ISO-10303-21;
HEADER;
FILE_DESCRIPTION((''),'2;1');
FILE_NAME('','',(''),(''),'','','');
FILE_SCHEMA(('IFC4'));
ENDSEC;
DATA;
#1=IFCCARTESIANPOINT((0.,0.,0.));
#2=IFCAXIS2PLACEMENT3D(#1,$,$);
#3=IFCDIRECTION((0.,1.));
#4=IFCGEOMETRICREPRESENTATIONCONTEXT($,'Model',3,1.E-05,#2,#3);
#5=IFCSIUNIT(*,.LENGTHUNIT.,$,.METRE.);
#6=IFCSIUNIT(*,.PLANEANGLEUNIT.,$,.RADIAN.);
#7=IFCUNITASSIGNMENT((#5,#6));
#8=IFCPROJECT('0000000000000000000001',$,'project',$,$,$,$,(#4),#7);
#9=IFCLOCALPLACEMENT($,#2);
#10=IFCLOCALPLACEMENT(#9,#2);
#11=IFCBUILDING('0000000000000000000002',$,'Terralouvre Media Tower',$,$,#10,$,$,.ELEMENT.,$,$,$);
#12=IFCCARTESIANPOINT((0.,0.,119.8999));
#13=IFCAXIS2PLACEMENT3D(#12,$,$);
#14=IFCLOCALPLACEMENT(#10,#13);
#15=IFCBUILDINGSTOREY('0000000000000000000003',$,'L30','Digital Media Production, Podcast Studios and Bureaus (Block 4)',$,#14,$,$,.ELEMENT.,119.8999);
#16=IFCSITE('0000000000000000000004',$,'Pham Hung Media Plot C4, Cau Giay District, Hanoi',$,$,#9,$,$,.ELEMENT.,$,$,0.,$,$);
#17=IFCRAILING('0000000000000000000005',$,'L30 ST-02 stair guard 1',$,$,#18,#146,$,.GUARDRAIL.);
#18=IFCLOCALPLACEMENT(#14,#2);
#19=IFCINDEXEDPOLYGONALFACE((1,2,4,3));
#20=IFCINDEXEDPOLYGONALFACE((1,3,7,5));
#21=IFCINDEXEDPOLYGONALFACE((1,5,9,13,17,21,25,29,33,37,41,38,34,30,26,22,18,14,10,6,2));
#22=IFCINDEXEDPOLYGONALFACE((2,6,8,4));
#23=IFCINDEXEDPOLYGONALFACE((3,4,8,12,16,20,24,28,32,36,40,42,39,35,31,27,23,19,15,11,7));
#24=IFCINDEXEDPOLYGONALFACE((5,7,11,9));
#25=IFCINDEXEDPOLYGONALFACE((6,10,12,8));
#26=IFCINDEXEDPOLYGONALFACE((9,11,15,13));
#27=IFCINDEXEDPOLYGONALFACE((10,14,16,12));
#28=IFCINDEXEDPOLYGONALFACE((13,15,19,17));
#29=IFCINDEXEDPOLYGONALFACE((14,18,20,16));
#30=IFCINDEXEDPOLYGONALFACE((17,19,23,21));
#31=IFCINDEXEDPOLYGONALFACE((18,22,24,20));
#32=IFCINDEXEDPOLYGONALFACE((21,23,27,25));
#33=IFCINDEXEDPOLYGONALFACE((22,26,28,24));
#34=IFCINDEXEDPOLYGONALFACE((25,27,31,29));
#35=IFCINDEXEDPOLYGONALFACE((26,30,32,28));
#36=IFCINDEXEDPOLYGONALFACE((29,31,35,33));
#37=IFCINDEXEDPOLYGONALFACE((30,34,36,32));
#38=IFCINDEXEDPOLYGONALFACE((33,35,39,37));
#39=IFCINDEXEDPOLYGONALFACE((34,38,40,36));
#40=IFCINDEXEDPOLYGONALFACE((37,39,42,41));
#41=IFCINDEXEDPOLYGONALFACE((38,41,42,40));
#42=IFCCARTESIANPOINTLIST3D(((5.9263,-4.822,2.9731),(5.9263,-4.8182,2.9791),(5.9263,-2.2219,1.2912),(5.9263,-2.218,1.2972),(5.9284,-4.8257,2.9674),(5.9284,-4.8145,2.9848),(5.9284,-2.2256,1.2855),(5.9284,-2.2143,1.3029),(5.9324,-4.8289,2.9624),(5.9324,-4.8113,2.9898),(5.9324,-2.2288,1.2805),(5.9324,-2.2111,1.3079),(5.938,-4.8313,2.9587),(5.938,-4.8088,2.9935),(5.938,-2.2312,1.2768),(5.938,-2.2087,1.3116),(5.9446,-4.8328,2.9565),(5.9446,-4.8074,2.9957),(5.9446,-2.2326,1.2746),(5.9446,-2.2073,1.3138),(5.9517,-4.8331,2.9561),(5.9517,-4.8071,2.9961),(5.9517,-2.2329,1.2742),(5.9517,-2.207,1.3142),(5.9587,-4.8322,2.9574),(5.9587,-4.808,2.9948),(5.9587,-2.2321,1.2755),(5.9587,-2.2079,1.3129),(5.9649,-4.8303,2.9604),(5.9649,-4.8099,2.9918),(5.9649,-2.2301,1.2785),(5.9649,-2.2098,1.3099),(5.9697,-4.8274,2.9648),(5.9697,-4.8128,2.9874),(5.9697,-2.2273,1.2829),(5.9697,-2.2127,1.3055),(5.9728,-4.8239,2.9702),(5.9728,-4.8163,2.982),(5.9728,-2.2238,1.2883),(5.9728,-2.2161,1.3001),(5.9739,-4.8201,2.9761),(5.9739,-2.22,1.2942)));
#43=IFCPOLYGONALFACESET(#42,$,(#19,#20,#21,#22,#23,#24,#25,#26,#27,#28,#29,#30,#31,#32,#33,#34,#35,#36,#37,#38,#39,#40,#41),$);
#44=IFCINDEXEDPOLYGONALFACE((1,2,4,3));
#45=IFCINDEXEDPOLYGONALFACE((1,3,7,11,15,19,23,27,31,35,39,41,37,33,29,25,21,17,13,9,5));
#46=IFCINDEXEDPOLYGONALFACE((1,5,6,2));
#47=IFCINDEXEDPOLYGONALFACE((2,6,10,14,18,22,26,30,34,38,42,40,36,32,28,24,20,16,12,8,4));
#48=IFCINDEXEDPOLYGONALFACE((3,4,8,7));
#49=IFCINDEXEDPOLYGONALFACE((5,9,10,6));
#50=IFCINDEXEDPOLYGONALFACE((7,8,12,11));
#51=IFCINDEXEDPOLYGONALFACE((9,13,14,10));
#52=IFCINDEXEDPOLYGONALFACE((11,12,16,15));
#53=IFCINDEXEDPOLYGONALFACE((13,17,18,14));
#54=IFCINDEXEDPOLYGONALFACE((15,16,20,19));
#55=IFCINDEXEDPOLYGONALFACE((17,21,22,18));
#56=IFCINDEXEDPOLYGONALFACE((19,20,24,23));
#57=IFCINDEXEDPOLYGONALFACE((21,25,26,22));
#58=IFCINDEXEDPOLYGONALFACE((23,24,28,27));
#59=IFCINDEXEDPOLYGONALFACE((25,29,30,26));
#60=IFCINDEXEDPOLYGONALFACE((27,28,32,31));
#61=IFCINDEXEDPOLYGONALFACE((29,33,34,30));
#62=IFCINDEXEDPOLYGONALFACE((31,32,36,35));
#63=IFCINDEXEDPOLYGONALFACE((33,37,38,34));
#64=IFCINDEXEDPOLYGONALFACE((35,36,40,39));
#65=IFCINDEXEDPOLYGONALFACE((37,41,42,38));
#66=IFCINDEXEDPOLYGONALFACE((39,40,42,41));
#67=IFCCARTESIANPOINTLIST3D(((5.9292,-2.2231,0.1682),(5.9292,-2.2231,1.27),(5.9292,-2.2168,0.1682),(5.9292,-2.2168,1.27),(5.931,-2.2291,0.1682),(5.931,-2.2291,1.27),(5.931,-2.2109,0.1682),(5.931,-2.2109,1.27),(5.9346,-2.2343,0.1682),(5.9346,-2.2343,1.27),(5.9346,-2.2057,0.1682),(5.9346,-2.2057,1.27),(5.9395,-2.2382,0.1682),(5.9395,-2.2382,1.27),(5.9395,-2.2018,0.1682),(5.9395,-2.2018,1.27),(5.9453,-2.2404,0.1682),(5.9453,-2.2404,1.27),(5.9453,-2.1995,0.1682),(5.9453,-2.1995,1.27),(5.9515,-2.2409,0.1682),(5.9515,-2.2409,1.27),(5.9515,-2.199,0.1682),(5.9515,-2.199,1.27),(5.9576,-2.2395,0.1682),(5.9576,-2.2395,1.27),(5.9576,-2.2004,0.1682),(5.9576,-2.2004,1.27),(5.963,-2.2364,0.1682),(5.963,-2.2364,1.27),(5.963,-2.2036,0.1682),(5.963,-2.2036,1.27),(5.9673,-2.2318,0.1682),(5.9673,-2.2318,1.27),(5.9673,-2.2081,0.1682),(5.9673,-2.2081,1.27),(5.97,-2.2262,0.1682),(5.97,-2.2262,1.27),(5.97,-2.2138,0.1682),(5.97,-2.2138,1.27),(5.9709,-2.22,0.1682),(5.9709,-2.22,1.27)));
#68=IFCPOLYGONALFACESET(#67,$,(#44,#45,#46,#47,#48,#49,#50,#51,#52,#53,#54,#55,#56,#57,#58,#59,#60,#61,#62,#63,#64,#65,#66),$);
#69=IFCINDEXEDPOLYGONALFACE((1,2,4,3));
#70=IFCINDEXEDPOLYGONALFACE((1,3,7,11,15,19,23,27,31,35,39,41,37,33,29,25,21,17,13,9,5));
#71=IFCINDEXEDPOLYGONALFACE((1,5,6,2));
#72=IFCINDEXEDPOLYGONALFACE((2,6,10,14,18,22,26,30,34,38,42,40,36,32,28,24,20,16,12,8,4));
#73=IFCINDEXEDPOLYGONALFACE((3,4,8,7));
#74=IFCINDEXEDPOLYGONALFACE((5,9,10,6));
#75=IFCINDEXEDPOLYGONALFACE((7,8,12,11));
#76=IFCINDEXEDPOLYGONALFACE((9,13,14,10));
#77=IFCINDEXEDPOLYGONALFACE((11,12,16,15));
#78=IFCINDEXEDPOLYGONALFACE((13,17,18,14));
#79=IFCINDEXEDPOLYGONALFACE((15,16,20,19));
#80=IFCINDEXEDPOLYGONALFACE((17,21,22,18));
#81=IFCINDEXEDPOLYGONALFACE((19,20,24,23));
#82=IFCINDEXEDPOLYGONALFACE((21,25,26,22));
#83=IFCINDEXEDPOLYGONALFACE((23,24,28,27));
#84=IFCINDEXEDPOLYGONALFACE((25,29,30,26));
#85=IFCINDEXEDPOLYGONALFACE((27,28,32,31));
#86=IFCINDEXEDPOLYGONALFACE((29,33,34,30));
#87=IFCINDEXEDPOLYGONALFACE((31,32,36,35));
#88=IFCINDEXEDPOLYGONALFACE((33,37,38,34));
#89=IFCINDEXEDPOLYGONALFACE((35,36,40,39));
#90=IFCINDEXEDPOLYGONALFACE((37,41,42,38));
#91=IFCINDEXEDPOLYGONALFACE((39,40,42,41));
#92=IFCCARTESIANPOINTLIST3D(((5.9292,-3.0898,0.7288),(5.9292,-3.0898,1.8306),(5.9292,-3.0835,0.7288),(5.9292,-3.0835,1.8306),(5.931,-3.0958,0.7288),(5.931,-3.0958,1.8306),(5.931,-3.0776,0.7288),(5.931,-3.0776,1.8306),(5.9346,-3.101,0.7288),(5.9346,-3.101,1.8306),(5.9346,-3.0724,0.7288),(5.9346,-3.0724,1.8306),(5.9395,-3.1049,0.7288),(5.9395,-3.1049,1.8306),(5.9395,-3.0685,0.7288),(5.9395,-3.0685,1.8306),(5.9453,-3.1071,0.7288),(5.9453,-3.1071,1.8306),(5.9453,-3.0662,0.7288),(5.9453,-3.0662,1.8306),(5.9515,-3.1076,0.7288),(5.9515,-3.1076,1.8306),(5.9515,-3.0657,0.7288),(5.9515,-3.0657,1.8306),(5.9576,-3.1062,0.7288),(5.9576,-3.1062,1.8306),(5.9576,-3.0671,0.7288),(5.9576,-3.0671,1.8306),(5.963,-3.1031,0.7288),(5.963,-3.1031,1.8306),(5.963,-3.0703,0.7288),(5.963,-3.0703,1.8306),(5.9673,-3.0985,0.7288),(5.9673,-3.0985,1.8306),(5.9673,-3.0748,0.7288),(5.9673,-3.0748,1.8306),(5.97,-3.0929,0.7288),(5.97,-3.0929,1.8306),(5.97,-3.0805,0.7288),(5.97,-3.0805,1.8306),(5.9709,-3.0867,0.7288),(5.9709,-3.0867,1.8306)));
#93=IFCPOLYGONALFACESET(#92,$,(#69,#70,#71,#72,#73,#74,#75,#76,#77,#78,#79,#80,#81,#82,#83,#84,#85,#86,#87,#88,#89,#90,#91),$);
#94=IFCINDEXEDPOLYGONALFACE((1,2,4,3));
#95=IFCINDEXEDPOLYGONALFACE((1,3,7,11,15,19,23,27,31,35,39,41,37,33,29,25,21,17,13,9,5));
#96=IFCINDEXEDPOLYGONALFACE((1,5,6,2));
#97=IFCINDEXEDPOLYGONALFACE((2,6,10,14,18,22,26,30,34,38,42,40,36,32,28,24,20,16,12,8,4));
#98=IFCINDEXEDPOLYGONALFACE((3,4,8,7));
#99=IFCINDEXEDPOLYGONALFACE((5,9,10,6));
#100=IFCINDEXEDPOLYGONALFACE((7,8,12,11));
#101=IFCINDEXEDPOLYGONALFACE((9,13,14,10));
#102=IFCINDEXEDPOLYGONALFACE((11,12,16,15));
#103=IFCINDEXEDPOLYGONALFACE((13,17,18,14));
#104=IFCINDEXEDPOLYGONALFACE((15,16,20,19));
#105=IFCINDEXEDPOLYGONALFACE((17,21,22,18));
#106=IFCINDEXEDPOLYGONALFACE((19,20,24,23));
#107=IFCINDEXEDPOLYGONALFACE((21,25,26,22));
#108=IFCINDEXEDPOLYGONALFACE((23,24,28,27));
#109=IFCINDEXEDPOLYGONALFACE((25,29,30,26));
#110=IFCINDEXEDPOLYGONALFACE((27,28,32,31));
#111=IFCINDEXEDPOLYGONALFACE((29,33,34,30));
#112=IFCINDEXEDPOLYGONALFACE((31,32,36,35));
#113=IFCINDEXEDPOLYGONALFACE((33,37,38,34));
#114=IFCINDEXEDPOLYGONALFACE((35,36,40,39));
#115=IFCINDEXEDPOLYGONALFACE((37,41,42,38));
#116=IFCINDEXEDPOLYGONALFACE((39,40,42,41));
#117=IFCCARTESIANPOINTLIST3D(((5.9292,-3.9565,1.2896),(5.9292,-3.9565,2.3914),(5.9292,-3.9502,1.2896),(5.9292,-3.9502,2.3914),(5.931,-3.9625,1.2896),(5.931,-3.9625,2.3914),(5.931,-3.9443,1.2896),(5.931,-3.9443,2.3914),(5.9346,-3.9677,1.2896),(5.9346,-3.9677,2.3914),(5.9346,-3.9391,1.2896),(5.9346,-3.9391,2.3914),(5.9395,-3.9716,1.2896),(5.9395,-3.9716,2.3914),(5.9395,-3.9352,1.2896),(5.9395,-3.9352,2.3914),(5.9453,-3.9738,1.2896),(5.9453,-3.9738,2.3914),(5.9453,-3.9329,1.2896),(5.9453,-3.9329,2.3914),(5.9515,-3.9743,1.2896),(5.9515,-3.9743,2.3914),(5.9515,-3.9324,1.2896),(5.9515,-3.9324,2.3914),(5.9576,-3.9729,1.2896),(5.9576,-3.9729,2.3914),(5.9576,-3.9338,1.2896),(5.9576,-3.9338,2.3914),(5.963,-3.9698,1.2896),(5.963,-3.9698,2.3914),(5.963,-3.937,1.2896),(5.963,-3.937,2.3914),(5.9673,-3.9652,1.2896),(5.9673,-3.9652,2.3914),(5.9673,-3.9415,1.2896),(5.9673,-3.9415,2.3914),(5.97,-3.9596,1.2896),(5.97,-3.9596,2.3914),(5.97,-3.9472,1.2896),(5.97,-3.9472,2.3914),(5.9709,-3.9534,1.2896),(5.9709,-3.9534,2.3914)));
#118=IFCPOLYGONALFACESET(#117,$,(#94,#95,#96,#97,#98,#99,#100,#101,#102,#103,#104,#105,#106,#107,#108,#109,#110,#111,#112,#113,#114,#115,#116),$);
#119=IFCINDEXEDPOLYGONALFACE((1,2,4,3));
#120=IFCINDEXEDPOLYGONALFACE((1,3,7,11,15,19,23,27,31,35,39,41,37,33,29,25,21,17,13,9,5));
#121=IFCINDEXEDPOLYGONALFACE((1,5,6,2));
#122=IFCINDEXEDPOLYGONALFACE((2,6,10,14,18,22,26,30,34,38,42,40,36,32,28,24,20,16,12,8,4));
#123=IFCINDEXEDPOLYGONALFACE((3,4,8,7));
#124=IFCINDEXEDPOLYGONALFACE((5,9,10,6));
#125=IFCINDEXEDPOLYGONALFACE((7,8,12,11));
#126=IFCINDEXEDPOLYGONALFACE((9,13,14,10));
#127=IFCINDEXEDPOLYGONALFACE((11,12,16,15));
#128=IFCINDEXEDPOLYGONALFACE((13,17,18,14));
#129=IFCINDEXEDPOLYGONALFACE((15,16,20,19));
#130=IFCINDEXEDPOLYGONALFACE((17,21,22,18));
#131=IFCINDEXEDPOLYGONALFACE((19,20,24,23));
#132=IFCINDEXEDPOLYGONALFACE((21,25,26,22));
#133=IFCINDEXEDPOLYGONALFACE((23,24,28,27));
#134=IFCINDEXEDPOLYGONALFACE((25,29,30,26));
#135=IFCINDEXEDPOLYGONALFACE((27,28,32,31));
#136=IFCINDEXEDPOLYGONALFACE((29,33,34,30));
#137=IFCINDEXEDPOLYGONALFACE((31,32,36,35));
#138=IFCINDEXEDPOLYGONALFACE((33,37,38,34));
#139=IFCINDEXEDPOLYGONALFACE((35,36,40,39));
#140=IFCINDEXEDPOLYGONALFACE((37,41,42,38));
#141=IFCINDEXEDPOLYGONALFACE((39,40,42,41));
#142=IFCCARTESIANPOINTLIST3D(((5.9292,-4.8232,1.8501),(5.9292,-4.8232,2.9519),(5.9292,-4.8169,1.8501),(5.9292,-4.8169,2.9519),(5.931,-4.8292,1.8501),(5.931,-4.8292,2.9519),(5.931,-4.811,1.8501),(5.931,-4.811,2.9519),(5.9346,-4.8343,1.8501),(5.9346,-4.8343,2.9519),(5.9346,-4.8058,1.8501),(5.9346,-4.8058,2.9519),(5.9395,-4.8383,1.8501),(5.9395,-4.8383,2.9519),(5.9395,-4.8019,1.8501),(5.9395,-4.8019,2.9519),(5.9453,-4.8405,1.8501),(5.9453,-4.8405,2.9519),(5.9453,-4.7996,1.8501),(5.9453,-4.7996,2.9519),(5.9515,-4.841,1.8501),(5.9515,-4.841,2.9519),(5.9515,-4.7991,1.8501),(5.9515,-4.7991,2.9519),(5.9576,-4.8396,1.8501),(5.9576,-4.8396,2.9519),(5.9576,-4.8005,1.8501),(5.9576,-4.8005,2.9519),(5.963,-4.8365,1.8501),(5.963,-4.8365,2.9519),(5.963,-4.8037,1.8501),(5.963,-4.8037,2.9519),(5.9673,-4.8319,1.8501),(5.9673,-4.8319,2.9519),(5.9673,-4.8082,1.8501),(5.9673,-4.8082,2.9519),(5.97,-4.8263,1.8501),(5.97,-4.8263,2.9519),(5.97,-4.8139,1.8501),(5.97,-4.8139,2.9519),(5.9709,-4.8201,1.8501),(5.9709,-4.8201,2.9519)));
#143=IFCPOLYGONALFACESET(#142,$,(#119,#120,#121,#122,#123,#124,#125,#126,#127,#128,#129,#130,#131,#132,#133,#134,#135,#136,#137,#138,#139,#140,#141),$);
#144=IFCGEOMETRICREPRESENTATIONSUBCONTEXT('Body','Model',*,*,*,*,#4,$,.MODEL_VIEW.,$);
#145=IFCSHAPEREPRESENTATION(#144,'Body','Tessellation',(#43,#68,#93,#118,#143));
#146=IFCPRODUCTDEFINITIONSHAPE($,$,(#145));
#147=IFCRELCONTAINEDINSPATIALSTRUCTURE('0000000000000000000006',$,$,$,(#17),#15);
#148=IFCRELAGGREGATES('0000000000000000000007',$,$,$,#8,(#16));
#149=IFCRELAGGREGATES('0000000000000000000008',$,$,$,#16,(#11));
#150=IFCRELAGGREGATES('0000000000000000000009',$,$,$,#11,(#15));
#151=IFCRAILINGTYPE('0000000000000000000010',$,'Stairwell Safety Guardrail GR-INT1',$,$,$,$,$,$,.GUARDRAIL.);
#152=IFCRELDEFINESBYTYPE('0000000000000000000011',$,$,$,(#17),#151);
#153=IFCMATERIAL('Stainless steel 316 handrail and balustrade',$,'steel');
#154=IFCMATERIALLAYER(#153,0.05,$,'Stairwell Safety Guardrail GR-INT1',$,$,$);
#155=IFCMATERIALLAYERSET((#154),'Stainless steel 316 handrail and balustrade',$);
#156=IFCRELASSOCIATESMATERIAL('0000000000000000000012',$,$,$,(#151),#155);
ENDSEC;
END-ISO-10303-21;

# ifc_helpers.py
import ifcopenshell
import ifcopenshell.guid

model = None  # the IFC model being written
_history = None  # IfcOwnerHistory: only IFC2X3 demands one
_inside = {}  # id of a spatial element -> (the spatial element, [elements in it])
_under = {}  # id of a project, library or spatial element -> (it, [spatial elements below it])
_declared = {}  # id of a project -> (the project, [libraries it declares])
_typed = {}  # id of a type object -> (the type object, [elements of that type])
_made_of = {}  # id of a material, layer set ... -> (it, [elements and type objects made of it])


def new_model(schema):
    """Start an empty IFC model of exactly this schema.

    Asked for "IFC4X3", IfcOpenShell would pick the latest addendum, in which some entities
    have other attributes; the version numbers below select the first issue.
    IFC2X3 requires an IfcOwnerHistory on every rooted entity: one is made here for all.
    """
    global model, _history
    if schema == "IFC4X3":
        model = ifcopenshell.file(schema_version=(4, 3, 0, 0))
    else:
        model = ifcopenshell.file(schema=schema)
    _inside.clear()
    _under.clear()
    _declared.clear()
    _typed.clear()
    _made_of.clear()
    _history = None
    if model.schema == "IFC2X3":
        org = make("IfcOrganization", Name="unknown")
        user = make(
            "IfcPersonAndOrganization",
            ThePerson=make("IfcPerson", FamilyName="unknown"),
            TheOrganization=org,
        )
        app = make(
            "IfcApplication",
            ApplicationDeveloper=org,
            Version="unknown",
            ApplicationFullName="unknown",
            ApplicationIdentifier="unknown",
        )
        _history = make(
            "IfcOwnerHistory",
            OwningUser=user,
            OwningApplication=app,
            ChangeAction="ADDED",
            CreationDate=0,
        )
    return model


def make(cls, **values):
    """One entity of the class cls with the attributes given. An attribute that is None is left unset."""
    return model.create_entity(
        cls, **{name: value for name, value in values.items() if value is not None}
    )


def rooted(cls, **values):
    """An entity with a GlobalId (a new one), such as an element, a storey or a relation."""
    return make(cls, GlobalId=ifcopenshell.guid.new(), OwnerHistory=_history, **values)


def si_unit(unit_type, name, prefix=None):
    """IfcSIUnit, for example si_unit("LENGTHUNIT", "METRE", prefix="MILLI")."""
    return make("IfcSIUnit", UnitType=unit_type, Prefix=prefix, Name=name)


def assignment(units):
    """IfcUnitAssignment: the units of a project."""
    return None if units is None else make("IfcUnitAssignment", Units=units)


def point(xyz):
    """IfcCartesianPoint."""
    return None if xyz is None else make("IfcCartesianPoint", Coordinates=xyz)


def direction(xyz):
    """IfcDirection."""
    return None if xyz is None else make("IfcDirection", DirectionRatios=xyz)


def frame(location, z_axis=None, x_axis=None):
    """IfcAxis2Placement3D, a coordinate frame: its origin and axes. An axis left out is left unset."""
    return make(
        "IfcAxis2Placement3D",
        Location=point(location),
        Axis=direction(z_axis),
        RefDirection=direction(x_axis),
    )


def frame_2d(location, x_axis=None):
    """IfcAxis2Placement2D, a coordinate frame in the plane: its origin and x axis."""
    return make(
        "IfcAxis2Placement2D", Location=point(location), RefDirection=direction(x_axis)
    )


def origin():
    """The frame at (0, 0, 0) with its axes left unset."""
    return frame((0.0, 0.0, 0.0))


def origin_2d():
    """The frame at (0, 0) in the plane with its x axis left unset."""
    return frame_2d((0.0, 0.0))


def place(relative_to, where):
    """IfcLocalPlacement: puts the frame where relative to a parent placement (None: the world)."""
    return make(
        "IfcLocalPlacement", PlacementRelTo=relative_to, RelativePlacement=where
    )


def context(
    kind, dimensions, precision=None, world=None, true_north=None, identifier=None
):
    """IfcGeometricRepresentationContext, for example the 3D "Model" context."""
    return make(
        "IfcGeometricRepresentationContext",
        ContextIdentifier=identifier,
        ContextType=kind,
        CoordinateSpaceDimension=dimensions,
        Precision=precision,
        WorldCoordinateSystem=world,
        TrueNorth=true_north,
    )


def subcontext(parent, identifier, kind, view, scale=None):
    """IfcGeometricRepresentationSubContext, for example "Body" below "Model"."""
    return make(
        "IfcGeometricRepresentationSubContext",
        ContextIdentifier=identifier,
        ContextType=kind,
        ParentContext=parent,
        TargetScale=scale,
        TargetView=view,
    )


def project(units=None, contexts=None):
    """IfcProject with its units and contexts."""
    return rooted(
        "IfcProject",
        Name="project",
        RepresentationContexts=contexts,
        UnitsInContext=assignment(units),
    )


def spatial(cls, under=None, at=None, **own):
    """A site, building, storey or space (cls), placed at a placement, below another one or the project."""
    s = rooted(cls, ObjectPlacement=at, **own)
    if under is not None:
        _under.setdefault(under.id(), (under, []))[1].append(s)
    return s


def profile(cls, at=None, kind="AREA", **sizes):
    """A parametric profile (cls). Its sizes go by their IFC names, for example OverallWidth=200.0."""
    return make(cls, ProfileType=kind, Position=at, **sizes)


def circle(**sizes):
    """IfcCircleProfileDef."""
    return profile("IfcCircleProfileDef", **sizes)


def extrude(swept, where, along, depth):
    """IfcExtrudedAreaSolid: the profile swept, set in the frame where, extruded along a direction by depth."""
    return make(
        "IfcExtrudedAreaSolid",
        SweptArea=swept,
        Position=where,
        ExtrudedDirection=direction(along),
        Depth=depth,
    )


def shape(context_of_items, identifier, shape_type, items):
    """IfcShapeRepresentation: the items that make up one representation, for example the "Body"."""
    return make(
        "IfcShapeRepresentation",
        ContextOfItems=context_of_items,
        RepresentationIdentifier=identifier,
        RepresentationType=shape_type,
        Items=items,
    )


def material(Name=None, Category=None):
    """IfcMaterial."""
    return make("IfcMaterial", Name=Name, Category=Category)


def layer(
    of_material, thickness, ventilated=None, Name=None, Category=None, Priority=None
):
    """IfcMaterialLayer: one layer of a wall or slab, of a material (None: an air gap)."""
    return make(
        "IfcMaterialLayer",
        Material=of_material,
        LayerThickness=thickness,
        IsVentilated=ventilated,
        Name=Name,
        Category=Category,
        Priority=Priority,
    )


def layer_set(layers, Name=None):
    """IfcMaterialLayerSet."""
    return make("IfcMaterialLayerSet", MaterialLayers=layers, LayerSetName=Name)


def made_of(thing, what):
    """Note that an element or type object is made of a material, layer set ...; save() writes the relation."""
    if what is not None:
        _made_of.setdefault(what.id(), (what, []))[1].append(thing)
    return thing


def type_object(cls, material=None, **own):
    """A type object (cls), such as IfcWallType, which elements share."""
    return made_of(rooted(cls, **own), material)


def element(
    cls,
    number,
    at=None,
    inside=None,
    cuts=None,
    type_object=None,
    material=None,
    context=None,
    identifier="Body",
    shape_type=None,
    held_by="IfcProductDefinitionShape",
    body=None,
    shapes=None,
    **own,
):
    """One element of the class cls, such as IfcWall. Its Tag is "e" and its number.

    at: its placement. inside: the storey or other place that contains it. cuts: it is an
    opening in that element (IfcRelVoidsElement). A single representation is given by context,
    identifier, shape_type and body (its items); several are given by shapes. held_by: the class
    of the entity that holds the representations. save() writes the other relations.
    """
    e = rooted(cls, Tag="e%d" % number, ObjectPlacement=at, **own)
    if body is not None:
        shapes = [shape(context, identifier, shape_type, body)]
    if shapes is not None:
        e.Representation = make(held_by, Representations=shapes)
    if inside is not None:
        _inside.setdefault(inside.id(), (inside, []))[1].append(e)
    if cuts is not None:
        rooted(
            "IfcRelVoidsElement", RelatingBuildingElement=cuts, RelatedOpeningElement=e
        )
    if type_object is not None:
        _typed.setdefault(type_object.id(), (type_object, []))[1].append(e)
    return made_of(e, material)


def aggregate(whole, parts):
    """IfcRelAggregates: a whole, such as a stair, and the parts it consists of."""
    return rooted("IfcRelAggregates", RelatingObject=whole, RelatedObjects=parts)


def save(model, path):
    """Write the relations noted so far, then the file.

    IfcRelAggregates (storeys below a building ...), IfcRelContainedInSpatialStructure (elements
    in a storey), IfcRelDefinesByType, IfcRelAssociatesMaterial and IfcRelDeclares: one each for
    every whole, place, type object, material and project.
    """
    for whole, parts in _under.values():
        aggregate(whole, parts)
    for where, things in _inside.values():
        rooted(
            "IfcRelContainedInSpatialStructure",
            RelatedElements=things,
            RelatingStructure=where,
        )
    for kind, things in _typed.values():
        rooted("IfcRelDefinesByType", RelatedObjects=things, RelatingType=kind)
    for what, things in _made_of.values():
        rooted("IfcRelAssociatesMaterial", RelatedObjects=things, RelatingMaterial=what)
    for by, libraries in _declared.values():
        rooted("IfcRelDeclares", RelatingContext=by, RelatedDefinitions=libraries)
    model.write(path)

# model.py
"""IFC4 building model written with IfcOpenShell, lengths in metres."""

from ifc_helpers import new_model, si_unit, direction, frame, origin, origin_2d, place, context, subcontext, project, spatial, circle, extrude, material, layer, layer_set, type_object, element, save


model = new_model("IFC4")

# Units and contexts
model_context = context("Model", 3, precision=1e-05, world=origin(), true_north=direction((0.0, 1.0)))
body_context = subcontext(model_context, "Body", "Model", "MODEL_VIEW")
ifc_project = project(units=[si_unit("LENGTHUNIT", "METRE"), si_unit("PLANEANGLEUNIT", "RADIAN")], contexts=[model_context])

# Site, building, storey
site_placement = place(None, origin())
site = spatial("IfcSite", under=ifc_project, at=site_placement, Name="Pham Hung Media Plot C4, Cau Giay District, Hanoi", CompositionType="ELEMENT", RefElevation=0.0)
building_placement = place(site_placement, origin())
building = spatial("IfcBuilding", under=site, at=building_placement, Name="Terralouvre Media Tower", CompositionType="ELEMENT")
storey_placement = place(building_placement, frame((0.0, 0.0, 119.8999)))
storey = spatial("IfcBuildingStorey", under=building, at=storey_placement, Name="L30", Description="Digital Media Production, Podcast Studios and Bureaus (Block 4)", CompositionType="ELEMENT", Elevation=119.8999)

# Railing
ifc_material_1 = material(Name="Stainless steel 316 handrail and balustrade", Category="steel")
ifc_layer_1 = layer(ifc_material_1, 0.05, Name="Stairwell Safety Guardrail GR-INT1")
ifc_layer_set_1 = layer_set([ifc_layer_1], Name="Stainless steel 316 handrail and balustrade")
railing_type_1 = type_object("IfcRailingType", Name="Stairwell Safety Guardrail GR-INT1", PredefinedType="GUARDRAIL", material=ifc_layer_set_1)
railing_1_placement = place(storey_placement, frame((5.95, -2.22, 0.1682)))
element("IfcRailing", 1, at=railing_1_placement, inside=storey, type_object=railing_type_1, Name="L30 ST-02 stair guard 1", PredefinedType="GUARDRAIL", context=body_context, shape_type="SweptSolid", body=[
    extrude(circle(Radius=0.0239, at=origin_2d()), frame((0.0, 0.0, 1.126), z_axis=(0.0, -0.839648, 0.54313), x_axis=(1.0, 0.0, 0.0)), (0.0, 0.0, 1.0), 3.0967),
    extrude(circle(Radius=0.021, at=origin_2d()), origin(), (0.0, 0.0, 1.0), 1.1018),
    extrude(circle(Radius=0.021, at=origin_2d()), frame((0.0, -0.8667, 0.5605)), (0.0, 0.0, 1.0), 1.1018),
    extrude(circle(Radius=0.021, at=origin_2d()), frame((0.0, -1.7334, 1.1213)), (0.0, 0.0, 1.0), 1.1018),
    extrude(circle(Radius=0.021, at=origin_2d()), frame((0.0, -2.6001, 1.6819)), (0.0, 0.0, 1.0), 1.1018),
])

save(model, "model.ifc")
